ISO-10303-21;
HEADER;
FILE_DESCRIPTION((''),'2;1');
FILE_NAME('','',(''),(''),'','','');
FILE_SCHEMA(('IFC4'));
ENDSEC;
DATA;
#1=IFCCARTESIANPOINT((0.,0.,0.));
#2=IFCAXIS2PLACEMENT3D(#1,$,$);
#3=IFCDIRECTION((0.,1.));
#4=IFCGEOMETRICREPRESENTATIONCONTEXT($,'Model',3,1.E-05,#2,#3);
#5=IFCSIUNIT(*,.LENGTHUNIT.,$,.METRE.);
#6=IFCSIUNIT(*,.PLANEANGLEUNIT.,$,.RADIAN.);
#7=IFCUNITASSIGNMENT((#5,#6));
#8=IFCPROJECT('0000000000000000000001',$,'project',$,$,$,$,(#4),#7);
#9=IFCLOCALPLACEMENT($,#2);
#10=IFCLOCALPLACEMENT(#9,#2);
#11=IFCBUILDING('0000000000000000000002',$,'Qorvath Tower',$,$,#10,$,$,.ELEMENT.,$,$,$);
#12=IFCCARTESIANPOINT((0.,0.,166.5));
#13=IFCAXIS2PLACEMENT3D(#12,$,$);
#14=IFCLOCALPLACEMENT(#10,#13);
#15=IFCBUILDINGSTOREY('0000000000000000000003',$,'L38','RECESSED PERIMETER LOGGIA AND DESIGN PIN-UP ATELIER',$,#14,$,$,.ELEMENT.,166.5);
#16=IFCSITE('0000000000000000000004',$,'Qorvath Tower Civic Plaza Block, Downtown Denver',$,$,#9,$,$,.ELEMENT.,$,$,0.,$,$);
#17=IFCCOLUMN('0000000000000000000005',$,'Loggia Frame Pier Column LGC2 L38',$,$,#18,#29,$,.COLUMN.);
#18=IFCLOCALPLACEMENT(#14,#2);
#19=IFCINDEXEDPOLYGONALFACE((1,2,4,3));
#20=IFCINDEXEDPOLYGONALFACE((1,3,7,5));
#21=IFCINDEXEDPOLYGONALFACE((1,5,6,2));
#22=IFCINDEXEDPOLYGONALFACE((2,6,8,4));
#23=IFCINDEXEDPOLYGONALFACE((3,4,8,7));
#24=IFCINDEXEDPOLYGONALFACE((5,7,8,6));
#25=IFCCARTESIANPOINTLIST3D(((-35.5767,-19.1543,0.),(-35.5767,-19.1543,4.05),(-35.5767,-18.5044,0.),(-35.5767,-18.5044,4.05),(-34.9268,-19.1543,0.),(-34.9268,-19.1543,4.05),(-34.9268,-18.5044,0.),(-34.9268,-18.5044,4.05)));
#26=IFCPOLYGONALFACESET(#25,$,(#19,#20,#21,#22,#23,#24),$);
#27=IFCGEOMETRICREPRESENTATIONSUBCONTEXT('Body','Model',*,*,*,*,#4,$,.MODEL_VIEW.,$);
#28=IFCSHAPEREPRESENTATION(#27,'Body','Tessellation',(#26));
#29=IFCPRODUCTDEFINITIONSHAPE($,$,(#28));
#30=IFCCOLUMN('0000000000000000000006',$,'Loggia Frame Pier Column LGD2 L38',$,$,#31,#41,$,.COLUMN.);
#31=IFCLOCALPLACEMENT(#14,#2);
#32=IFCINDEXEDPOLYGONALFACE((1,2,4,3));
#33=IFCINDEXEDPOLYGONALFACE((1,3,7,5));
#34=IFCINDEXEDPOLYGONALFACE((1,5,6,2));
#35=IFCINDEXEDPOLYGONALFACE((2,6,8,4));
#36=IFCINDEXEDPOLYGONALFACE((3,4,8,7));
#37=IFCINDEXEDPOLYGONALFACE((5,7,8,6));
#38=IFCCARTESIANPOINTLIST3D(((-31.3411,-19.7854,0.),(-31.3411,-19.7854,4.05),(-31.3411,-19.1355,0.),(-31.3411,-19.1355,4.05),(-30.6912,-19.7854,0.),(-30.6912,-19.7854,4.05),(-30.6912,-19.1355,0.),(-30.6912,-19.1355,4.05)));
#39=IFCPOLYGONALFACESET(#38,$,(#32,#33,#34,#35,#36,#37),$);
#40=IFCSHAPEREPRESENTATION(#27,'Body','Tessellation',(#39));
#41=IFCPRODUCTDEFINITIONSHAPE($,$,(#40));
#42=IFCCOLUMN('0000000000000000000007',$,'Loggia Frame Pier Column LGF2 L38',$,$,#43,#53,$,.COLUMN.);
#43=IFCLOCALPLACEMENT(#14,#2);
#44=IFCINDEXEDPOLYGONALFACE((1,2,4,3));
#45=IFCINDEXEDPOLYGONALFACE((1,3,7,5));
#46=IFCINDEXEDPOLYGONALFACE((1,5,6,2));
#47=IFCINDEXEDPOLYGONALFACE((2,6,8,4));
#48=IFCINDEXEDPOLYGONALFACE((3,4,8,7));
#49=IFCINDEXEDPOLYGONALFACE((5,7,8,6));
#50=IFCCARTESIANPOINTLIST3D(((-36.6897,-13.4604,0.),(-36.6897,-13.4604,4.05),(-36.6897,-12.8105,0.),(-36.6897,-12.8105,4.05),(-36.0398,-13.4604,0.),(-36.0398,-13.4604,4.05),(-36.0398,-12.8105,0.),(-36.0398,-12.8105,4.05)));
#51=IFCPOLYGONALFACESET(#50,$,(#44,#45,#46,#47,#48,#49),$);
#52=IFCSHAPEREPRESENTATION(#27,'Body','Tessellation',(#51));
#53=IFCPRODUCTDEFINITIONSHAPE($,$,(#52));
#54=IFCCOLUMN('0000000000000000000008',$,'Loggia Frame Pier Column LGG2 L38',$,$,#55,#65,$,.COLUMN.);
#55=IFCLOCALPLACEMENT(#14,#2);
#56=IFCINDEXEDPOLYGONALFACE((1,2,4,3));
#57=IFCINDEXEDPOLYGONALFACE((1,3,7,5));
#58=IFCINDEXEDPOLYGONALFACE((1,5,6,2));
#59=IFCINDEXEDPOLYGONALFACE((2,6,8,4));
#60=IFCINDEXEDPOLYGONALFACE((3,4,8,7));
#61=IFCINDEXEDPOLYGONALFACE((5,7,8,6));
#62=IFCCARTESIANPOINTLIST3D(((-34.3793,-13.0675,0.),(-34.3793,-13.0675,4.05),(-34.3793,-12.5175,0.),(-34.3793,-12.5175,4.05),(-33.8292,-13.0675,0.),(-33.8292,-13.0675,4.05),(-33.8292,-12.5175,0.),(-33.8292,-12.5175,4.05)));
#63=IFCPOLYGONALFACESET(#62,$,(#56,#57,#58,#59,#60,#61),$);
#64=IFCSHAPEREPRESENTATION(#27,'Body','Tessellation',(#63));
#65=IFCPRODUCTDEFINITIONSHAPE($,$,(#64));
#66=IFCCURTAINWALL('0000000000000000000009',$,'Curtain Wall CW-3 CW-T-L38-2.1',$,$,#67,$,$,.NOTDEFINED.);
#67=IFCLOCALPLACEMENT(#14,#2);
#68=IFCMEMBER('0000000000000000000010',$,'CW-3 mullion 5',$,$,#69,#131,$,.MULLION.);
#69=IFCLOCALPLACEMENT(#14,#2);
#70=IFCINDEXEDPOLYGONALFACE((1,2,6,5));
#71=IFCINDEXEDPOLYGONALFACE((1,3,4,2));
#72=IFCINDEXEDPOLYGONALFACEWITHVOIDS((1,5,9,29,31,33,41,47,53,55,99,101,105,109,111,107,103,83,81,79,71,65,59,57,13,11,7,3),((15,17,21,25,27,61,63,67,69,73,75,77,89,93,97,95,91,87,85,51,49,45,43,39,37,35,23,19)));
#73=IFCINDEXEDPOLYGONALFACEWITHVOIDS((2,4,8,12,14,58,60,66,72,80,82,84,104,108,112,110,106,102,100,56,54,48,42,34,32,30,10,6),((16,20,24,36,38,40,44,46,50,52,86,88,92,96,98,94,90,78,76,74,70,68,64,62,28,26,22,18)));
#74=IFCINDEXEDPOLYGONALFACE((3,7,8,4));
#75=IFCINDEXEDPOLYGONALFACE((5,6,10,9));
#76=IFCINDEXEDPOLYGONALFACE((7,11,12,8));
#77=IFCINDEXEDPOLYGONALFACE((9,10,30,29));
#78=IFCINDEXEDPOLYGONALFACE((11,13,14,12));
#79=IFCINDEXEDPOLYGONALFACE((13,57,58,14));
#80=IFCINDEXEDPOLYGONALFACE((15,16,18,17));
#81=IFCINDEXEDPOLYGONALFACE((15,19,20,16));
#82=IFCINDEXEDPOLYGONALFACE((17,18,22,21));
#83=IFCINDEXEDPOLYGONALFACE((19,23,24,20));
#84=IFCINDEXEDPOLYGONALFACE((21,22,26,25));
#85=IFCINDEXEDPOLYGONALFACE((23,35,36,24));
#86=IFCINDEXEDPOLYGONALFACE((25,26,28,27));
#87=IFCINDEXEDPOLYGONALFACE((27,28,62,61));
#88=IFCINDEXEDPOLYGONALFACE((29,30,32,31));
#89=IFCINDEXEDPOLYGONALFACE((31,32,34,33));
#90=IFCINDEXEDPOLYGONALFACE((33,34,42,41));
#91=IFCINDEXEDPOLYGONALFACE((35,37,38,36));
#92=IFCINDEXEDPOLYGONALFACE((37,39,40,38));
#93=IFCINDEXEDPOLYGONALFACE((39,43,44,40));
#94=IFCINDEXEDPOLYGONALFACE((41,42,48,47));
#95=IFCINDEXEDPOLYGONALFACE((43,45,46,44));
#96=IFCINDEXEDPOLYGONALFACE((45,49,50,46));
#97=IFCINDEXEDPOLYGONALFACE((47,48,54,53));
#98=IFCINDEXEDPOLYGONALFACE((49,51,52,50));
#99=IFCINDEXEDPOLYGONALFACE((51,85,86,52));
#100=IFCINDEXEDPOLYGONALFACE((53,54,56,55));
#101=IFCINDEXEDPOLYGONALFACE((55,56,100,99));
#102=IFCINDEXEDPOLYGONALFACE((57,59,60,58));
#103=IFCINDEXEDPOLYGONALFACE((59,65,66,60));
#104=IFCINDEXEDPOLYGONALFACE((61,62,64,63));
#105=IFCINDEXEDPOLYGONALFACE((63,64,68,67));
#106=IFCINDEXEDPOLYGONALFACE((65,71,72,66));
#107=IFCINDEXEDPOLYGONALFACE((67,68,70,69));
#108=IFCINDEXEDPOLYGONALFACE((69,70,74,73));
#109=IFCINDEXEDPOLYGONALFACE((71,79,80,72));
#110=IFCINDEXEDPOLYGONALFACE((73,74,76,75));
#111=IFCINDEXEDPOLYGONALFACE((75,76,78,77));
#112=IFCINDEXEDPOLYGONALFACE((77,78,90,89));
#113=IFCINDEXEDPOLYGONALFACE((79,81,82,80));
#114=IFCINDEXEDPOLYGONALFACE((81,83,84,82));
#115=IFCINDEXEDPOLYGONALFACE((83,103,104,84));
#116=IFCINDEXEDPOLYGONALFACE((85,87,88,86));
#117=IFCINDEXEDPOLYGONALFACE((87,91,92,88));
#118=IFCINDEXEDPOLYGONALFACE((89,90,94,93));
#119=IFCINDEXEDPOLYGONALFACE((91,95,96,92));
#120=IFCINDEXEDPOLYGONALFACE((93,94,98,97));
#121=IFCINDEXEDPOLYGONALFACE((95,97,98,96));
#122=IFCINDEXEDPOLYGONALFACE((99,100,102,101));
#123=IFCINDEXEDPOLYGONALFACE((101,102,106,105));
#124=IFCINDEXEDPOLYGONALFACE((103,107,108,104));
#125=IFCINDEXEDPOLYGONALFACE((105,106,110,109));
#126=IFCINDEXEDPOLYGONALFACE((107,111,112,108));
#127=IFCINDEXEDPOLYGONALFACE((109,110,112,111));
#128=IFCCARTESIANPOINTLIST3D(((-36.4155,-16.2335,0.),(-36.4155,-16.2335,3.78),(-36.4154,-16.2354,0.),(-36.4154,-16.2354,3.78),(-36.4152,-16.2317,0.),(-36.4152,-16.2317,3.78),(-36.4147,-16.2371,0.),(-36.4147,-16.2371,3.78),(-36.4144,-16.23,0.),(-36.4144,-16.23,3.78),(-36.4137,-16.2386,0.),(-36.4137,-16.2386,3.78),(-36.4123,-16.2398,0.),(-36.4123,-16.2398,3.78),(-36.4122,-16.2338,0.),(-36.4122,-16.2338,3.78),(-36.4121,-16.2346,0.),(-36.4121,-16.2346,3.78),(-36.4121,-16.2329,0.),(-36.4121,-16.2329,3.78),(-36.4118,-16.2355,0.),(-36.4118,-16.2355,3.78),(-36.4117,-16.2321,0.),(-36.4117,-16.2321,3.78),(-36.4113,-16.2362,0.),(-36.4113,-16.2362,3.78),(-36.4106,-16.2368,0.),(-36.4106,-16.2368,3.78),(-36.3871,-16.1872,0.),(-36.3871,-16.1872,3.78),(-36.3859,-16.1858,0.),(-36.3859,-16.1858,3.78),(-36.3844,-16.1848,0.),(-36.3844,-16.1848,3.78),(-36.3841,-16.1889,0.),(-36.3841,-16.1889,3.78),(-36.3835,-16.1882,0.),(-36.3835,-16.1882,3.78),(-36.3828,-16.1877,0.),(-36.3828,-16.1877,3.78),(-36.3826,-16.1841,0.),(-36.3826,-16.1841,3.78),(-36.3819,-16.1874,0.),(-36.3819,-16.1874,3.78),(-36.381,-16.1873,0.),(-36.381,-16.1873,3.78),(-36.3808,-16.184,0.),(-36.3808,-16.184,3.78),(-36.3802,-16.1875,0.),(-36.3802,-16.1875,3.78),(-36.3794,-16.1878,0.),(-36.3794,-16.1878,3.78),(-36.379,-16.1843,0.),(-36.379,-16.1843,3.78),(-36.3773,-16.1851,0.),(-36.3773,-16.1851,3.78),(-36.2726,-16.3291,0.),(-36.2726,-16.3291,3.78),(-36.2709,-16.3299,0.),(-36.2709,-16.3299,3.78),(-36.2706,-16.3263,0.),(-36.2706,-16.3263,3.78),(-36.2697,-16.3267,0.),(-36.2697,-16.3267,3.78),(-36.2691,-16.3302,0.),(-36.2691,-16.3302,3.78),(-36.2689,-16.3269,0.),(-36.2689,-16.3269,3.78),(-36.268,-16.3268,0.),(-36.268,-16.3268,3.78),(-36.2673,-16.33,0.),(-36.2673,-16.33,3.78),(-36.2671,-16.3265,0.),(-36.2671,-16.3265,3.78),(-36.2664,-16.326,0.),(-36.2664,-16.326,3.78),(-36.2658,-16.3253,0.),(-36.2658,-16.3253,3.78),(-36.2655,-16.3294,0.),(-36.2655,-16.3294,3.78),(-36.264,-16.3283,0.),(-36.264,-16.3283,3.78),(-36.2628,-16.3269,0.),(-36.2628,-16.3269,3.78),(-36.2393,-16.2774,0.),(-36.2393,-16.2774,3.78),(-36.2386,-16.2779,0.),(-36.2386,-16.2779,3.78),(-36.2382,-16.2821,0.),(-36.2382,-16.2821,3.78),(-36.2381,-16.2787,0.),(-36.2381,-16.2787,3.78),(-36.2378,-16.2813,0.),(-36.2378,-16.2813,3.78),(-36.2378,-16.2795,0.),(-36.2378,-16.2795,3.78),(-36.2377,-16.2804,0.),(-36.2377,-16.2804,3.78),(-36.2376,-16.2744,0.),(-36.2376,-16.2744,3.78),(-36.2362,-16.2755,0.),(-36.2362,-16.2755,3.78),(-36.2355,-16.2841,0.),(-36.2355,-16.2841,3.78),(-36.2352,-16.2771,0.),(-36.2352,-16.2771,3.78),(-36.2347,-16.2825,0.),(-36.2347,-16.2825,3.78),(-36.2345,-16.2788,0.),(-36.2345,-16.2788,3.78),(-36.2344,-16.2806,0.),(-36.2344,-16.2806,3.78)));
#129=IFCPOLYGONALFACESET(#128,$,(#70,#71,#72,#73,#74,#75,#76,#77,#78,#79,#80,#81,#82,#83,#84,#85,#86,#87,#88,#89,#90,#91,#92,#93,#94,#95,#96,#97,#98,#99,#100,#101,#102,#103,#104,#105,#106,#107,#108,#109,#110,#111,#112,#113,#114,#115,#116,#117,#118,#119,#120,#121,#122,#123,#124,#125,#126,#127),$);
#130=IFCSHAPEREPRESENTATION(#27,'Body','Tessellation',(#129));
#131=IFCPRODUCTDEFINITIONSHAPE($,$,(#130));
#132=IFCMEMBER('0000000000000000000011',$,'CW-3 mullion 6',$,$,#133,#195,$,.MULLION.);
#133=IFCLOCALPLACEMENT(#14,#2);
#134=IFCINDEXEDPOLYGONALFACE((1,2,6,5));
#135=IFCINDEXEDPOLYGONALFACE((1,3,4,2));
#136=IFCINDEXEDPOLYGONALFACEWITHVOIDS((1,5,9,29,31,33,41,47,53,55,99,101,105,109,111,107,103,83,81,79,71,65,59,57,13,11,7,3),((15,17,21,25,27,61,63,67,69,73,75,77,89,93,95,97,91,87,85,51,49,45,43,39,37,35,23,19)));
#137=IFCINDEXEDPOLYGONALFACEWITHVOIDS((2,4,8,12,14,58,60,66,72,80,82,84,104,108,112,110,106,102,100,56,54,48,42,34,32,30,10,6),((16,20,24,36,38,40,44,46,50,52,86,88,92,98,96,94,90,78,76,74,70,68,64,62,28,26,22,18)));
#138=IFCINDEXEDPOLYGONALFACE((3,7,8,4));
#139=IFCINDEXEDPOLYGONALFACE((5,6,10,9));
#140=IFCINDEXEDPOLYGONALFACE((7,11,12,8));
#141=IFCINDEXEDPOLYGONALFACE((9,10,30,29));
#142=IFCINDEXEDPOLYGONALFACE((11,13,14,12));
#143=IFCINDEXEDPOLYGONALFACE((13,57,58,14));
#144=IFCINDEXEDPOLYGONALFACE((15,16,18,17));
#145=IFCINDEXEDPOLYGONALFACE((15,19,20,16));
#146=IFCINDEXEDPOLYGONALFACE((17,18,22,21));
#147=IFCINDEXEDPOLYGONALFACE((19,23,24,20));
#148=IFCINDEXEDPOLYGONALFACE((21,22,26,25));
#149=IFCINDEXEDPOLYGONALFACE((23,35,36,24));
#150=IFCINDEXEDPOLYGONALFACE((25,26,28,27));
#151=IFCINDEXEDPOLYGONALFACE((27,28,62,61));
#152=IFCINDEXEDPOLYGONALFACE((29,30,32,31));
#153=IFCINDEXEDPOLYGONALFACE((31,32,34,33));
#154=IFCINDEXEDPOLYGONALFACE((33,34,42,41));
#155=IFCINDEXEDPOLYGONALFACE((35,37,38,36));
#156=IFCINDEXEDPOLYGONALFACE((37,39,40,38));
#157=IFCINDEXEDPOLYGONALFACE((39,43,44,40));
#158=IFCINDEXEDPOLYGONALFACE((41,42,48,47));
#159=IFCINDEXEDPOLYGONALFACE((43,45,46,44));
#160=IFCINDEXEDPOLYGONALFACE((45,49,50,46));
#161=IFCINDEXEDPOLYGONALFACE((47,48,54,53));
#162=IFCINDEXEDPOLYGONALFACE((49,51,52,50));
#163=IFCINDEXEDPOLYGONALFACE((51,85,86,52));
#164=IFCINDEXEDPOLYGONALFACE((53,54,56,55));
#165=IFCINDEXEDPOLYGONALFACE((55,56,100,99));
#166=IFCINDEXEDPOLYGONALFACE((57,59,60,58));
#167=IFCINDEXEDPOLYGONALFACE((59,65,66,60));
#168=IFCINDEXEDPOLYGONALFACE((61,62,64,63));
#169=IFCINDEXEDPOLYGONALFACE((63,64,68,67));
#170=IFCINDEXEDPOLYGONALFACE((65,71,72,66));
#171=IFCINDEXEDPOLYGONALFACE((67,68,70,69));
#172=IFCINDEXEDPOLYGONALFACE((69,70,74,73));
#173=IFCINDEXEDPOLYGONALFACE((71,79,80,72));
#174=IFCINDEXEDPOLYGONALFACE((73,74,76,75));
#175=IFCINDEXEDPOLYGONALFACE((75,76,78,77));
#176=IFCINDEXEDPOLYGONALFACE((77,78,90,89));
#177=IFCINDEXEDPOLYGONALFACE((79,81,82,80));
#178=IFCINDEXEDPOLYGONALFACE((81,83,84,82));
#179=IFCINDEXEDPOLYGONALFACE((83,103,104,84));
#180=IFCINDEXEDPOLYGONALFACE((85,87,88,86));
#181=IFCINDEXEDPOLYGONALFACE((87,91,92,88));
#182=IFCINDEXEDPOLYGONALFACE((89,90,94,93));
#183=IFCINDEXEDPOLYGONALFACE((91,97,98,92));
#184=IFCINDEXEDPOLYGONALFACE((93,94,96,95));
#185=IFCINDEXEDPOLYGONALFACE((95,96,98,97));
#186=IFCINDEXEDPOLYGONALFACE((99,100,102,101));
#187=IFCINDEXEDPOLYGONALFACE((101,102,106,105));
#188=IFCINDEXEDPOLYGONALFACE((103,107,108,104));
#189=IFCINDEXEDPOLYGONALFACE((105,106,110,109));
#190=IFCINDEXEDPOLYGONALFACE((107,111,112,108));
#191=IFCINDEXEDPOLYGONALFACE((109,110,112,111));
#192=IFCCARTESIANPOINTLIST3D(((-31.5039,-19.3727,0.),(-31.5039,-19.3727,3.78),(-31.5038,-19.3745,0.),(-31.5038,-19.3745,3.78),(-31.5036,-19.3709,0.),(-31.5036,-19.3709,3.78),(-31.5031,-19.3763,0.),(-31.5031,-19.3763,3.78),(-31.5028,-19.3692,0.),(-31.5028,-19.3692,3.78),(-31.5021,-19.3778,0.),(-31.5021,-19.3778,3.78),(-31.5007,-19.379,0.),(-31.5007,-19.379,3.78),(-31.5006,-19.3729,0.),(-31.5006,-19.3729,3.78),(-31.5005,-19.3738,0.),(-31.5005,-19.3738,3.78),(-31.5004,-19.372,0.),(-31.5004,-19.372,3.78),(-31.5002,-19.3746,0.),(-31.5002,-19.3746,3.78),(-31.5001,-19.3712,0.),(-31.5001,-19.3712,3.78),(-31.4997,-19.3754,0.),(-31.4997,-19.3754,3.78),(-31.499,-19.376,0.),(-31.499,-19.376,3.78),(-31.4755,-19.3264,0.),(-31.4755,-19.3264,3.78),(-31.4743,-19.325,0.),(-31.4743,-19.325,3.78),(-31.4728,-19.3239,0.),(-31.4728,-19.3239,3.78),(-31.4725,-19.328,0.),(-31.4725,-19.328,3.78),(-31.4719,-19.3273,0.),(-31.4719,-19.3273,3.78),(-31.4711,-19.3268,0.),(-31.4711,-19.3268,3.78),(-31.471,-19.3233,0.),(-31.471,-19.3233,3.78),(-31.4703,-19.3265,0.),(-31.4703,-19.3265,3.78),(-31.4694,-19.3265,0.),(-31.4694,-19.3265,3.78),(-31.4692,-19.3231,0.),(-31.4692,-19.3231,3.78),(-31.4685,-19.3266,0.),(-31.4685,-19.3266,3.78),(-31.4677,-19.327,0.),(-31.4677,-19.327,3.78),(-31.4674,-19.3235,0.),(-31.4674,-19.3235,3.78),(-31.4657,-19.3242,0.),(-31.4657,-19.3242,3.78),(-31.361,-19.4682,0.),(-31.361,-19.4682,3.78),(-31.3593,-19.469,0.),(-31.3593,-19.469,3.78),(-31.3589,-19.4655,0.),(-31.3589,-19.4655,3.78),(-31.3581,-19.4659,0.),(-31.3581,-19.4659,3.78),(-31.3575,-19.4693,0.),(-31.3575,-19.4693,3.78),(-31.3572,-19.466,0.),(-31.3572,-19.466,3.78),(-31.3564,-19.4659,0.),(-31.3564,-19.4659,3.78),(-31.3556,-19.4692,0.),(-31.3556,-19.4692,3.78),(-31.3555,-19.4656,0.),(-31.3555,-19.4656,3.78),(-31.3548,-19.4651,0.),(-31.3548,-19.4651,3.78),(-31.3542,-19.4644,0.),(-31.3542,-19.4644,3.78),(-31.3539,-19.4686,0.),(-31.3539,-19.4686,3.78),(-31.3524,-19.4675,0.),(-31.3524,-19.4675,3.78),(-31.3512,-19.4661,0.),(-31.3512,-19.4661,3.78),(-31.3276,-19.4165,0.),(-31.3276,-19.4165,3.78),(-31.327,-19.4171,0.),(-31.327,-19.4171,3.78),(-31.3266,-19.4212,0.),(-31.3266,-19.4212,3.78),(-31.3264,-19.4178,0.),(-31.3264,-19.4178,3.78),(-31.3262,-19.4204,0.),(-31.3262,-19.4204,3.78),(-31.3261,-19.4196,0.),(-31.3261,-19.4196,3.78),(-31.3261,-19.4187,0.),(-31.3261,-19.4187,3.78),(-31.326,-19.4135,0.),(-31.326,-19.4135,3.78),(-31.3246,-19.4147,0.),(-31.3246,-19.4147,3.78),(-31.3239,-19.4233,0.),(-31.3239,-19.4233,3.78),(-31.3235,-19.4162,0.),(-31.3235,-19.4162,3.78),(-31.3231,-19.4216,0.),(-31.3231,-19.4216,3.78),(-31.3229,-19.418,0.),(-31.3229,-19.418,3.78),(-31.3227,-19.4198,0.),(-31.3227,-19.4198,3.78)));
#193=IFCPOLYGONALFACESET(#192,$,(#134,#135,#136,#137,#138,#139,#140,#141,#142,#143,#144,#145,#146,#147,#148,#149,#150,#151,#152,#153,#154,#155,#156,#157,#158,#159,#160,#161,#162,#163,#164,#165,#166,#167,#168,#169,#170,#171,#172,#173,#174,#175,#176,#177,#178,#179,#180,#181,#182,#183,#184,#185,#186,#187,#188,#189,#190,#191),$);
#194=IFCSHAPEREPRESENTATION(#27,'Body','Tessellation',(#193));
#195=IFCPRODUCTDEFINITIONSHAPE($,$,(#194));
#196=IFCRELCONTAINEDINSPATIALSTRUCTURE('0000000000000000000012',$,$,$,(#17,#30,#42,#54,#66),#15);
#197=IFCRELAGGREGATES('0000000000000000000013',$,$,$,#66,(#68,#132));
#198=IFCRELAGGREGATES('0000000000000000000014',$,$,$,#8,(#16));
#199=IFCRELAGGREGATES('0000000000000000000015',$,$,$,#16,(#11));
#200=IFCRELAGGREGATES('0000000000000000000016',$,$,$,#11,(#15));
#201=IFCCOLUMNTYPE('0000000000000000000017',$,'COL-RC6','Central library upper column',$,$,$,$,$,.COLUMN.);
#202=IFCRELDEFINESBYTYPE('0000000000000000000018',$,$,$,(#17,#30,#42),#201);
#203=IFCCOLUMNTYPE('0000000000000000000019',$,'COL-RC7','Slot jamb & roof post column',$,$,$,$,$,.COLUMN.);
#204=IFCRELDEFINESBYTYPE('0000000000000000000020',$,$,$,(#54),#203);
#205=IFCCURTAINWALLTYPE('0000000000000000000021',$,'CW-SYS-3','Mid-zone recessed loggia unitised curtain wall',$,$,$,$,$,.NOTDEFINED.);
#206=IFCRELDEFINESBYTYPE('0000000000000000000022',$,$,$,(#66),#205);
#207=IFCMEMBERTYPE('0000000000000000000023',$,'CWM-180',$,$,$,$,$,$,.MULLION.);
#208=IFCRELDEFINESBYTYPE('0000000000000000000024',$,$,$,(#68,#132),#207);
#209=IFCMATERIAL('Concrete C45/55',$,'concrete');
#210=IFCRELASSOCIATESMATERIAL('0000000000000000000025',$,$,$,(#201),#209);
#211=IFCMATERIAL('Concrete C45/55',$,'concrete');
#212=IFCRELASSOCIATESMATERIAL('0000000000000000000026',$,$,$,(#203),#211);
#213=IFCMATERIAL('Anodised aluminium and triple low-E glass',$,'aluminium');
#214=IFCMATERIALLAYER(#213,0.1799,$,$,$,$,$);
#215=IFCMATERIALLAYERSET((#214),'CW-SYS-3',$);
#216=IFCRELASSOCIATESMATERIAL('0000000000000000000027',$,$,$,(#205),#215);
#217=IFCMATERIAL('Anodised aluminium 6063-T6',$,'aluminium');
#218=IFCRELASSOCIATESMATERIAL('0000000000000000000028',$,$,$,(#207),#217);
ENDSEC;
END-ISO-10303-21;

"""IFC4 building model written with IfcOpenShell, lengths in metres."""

from ifc_helpers import new_model, si_unit, direction, frame, origin, origin_2d, place, context, subcontext, project, spatial, rectangle, hollow_rectangle, extrude, material, layer, layer_set, material_profile, profile_set, type_object, element, aggregate, save


model = new_model("IFC4")

# Units and contexts
model_context = context("Model", 3, precision=1e-05, world=origin(), true_north=direction((0.0, 1.0)))
body_context = subcontext(model_context, "Body", "Model", "MODEL_VIEW")
ifc_project = project(units=[si_unit("LENGTHUNIT", "METRE"), si_unit("PLANEANGLEUNIT", "RADIAN")], contexts=[model_context])

# Site, building, storey
site_placement = place(None, origin())
site = spatial("IfcSite", under=ifc_project, at=site_placement, Name="Qorvath Tower Civic Plaza Block, Downtown Denver", CompositionType="ELEMENT", RefElevation=0.0)
building_placement = place(site_placement, origin())
building = spatial("IfcBuilding", under=site, at=building_placement, Name="Qorvath Tower", CompositionType="ELEMENT")
storey_placement = place(building_placement, frame((0.0, 0.0, 166.5)))
storey = spatial("IfcBuildingStorey", under=building, at=storey_placement, Name="L38", Description="RECESSED PERIMETER LOGGIA AND DESIGN PIN-UP ATELIER", CompositionType="ELEMENT", Elevation=166.5)

# Columns
ifc_material_1 = material(Name="Concrete C45/55", Category="concrete")
ifc_material_profile_1 = material_profile(ifc_material_1, rectangle(XDim=0.6499, YDim=0.6499, at=origin_2d()), Name="RC 650x650")
ifc_profile_set_1 = profile_set([ifc_material_profile_1], Name="Concrete C45/55")
column_type_1 = type_object("IfcColumnType", Name="COL-RC6", Description="Central library upper column", PredefinedType="COLUMN", material=ifc_profile_set_1)
for number, where, z_axis, x_axis, name in (
    (1, (-35.2517, -18.8293, 0.0), (0.0, 0.0, 1.0), (1.0, 0.0, 0.0), "Loggia Frame Pier Column LGC2 L38"),
    (2, (-31.0161, -19.4604, 0.0), (0.0, 0.0, 1.0), (1.0, 0.0, 0.0), "Loggia Frame Pier Column LGD2 L38"),
    (3, (-36.3647, -13.1355, 0.0), (0.0, 0.0, 1.0), (1.0, 0.0, 0.0), "Loggia Frame Pier Column LGF2 L38"),
):
    element("IfcColumn", number, at=place(storey_placement, frame(where, z_axis=z_axis, x_axis=x_axis)), inside=storey, type_object=column_type_1, Name=name, PredefinedType="COLUMN", context=body_context, shape_type="SweptSolid", body=[
        extrude(rectangle(XDim=0.6499, YDim=0.6499, at=origin_2d()), origin(), (0.0, 0.0, 1.0), 4.05),
    ])
ifc_material_2 = material(Name="Concrete C45/55", Category="concrete")
ifc_material_profile_2 = material_profile(ifc_material_2, rectangle(XDim=0.55, YDim=0.55, at=origin_2d()), Name="RC 550x550")
ifc_profile_set_2 = profile_set([ifc_material_profile_2], Name="Concrete C45/55")
column_type_2 = type_object("IfcColumnType", Name="COL-RC7", Description="Slot jamb & roof post column", PredefinedType="COLUMN", material=ifc_profile_set_2)
column_placement = place(storey_placement, frame((-34.1042, -12.7925, 0.0), z_axis=(0.0, 0.0, 1.0), x_axis=(1.0, 0.0, 0.0)))
element("IfcColumn", 4, at=column_placement, inside=storey, type_object=column_type_2, Name="Loggia Frame Pier Column LGG2 L38", PredefinedType="COLUMN", context=body_context, shape_type="SweptSolid", body=[
    extrude(rectangle(XDim=0.55, YDim=0.55, at=origin_2d()), origin(), (0.0, 0.0, 1.0), 4.05),
])

# Curtain wall, members
ifc_material_3 = material(Name="Anodised aluminium and triple low-E glass", Category="aluminium")
ifc_layer_1 = layer(ifc_material_3, 0.1799)
ifc_layer_set_1 = layer_set([ifc_layer_1], Name="CW-SYS-3")
curtain_wall_type = type_object("IfcCurtainWallType", Name="CW-SYS-3", Description="Mid-zone recessed loggia unitised curtain wall", PredefinedType="NOTDEFINED", material=ifc_layer_set_1)
curtain_wall_1_placement = place(storey_placement, origin())
curtain_wall_1 = element("IfcCurtainWall", 5, at=curtain_wall_1_placement, inside=storey, type_object=curtain_wall_type, Name="Curtain Wall CW-3 CW-T-L38-2.1", PredefinedType="NOTDEFINED")
ifc_material_4 = material(Name="Anodised aluminium 6063-T6", Category="aluminium")
ifc_material_profile_3 = material_profile(ifc_material_4, hollow_rectangle(XDim=0.0649, YDim=0.1799, WallThickness=0.0034, InnerFilletRadius=0.0034, OuterFilletRadius=0.0071, at=origin_2d()), Name="CWM 180x65")
ifc_profile_set_3 = profile_set([ifc_material_profile_3], Name="Anodised aluminium 6063-T6")
member_type_1 = type_object("IfcMemberType", Name="CWM-180", PredefinedType="MULLION", material=ifc_profile_set_3)
member_1_placement = place(storey_placement, frame((-36.325, -16.2571, 0.0), z_axis=(0.0, 0.0, 1.0), x_axis=(0.538529, 0.842607, 0.0)))
member_1 = element("IfcMember", 6, at=member_1_placement, type_object=member_type_1, Name="CW-3 mullion 5", PredefinedType="MULLION", context=body_context, shape_type="SweptSolid", body=[
    extrude(hollow_rectangle(XDim=0.0649, YDim=0.1799, WallThickness=0.0034, InnerFilletRadius=0.0034, OuterFilletRadius=0.0071, at=origin_2d()), origin(), (0.0, 0.0, 1.0), 3.78),
])
member_2_placement = place(storey_placement, frame((-31.4133, -19.3962, 0.0), z_axis=(0.0, 0.0, 1.0), x_axis=(0.538529, 0.842607, 0.0)))
member_2 = element("IfcMember", 7, at=member_2_placement, type_object=member_type_1, Name="CW-3 mullion 6", PredefinedType="MULLION", context=body_context, shape_type="SweptSolid", body=[
    extrude(hollow_rectangle(XDim=0.0649, YDim=0.1799, WallThickness=0.0034, InnerFilletRadius=0.0034, OuterFilletRadius=0.0071, at=origin_2d()), origin(), (0.0, 0.0, 1.0), 3.78),
])

aggregate(curtain_wall_1, [member_1, member_2])

save(model, "model.ifc")
